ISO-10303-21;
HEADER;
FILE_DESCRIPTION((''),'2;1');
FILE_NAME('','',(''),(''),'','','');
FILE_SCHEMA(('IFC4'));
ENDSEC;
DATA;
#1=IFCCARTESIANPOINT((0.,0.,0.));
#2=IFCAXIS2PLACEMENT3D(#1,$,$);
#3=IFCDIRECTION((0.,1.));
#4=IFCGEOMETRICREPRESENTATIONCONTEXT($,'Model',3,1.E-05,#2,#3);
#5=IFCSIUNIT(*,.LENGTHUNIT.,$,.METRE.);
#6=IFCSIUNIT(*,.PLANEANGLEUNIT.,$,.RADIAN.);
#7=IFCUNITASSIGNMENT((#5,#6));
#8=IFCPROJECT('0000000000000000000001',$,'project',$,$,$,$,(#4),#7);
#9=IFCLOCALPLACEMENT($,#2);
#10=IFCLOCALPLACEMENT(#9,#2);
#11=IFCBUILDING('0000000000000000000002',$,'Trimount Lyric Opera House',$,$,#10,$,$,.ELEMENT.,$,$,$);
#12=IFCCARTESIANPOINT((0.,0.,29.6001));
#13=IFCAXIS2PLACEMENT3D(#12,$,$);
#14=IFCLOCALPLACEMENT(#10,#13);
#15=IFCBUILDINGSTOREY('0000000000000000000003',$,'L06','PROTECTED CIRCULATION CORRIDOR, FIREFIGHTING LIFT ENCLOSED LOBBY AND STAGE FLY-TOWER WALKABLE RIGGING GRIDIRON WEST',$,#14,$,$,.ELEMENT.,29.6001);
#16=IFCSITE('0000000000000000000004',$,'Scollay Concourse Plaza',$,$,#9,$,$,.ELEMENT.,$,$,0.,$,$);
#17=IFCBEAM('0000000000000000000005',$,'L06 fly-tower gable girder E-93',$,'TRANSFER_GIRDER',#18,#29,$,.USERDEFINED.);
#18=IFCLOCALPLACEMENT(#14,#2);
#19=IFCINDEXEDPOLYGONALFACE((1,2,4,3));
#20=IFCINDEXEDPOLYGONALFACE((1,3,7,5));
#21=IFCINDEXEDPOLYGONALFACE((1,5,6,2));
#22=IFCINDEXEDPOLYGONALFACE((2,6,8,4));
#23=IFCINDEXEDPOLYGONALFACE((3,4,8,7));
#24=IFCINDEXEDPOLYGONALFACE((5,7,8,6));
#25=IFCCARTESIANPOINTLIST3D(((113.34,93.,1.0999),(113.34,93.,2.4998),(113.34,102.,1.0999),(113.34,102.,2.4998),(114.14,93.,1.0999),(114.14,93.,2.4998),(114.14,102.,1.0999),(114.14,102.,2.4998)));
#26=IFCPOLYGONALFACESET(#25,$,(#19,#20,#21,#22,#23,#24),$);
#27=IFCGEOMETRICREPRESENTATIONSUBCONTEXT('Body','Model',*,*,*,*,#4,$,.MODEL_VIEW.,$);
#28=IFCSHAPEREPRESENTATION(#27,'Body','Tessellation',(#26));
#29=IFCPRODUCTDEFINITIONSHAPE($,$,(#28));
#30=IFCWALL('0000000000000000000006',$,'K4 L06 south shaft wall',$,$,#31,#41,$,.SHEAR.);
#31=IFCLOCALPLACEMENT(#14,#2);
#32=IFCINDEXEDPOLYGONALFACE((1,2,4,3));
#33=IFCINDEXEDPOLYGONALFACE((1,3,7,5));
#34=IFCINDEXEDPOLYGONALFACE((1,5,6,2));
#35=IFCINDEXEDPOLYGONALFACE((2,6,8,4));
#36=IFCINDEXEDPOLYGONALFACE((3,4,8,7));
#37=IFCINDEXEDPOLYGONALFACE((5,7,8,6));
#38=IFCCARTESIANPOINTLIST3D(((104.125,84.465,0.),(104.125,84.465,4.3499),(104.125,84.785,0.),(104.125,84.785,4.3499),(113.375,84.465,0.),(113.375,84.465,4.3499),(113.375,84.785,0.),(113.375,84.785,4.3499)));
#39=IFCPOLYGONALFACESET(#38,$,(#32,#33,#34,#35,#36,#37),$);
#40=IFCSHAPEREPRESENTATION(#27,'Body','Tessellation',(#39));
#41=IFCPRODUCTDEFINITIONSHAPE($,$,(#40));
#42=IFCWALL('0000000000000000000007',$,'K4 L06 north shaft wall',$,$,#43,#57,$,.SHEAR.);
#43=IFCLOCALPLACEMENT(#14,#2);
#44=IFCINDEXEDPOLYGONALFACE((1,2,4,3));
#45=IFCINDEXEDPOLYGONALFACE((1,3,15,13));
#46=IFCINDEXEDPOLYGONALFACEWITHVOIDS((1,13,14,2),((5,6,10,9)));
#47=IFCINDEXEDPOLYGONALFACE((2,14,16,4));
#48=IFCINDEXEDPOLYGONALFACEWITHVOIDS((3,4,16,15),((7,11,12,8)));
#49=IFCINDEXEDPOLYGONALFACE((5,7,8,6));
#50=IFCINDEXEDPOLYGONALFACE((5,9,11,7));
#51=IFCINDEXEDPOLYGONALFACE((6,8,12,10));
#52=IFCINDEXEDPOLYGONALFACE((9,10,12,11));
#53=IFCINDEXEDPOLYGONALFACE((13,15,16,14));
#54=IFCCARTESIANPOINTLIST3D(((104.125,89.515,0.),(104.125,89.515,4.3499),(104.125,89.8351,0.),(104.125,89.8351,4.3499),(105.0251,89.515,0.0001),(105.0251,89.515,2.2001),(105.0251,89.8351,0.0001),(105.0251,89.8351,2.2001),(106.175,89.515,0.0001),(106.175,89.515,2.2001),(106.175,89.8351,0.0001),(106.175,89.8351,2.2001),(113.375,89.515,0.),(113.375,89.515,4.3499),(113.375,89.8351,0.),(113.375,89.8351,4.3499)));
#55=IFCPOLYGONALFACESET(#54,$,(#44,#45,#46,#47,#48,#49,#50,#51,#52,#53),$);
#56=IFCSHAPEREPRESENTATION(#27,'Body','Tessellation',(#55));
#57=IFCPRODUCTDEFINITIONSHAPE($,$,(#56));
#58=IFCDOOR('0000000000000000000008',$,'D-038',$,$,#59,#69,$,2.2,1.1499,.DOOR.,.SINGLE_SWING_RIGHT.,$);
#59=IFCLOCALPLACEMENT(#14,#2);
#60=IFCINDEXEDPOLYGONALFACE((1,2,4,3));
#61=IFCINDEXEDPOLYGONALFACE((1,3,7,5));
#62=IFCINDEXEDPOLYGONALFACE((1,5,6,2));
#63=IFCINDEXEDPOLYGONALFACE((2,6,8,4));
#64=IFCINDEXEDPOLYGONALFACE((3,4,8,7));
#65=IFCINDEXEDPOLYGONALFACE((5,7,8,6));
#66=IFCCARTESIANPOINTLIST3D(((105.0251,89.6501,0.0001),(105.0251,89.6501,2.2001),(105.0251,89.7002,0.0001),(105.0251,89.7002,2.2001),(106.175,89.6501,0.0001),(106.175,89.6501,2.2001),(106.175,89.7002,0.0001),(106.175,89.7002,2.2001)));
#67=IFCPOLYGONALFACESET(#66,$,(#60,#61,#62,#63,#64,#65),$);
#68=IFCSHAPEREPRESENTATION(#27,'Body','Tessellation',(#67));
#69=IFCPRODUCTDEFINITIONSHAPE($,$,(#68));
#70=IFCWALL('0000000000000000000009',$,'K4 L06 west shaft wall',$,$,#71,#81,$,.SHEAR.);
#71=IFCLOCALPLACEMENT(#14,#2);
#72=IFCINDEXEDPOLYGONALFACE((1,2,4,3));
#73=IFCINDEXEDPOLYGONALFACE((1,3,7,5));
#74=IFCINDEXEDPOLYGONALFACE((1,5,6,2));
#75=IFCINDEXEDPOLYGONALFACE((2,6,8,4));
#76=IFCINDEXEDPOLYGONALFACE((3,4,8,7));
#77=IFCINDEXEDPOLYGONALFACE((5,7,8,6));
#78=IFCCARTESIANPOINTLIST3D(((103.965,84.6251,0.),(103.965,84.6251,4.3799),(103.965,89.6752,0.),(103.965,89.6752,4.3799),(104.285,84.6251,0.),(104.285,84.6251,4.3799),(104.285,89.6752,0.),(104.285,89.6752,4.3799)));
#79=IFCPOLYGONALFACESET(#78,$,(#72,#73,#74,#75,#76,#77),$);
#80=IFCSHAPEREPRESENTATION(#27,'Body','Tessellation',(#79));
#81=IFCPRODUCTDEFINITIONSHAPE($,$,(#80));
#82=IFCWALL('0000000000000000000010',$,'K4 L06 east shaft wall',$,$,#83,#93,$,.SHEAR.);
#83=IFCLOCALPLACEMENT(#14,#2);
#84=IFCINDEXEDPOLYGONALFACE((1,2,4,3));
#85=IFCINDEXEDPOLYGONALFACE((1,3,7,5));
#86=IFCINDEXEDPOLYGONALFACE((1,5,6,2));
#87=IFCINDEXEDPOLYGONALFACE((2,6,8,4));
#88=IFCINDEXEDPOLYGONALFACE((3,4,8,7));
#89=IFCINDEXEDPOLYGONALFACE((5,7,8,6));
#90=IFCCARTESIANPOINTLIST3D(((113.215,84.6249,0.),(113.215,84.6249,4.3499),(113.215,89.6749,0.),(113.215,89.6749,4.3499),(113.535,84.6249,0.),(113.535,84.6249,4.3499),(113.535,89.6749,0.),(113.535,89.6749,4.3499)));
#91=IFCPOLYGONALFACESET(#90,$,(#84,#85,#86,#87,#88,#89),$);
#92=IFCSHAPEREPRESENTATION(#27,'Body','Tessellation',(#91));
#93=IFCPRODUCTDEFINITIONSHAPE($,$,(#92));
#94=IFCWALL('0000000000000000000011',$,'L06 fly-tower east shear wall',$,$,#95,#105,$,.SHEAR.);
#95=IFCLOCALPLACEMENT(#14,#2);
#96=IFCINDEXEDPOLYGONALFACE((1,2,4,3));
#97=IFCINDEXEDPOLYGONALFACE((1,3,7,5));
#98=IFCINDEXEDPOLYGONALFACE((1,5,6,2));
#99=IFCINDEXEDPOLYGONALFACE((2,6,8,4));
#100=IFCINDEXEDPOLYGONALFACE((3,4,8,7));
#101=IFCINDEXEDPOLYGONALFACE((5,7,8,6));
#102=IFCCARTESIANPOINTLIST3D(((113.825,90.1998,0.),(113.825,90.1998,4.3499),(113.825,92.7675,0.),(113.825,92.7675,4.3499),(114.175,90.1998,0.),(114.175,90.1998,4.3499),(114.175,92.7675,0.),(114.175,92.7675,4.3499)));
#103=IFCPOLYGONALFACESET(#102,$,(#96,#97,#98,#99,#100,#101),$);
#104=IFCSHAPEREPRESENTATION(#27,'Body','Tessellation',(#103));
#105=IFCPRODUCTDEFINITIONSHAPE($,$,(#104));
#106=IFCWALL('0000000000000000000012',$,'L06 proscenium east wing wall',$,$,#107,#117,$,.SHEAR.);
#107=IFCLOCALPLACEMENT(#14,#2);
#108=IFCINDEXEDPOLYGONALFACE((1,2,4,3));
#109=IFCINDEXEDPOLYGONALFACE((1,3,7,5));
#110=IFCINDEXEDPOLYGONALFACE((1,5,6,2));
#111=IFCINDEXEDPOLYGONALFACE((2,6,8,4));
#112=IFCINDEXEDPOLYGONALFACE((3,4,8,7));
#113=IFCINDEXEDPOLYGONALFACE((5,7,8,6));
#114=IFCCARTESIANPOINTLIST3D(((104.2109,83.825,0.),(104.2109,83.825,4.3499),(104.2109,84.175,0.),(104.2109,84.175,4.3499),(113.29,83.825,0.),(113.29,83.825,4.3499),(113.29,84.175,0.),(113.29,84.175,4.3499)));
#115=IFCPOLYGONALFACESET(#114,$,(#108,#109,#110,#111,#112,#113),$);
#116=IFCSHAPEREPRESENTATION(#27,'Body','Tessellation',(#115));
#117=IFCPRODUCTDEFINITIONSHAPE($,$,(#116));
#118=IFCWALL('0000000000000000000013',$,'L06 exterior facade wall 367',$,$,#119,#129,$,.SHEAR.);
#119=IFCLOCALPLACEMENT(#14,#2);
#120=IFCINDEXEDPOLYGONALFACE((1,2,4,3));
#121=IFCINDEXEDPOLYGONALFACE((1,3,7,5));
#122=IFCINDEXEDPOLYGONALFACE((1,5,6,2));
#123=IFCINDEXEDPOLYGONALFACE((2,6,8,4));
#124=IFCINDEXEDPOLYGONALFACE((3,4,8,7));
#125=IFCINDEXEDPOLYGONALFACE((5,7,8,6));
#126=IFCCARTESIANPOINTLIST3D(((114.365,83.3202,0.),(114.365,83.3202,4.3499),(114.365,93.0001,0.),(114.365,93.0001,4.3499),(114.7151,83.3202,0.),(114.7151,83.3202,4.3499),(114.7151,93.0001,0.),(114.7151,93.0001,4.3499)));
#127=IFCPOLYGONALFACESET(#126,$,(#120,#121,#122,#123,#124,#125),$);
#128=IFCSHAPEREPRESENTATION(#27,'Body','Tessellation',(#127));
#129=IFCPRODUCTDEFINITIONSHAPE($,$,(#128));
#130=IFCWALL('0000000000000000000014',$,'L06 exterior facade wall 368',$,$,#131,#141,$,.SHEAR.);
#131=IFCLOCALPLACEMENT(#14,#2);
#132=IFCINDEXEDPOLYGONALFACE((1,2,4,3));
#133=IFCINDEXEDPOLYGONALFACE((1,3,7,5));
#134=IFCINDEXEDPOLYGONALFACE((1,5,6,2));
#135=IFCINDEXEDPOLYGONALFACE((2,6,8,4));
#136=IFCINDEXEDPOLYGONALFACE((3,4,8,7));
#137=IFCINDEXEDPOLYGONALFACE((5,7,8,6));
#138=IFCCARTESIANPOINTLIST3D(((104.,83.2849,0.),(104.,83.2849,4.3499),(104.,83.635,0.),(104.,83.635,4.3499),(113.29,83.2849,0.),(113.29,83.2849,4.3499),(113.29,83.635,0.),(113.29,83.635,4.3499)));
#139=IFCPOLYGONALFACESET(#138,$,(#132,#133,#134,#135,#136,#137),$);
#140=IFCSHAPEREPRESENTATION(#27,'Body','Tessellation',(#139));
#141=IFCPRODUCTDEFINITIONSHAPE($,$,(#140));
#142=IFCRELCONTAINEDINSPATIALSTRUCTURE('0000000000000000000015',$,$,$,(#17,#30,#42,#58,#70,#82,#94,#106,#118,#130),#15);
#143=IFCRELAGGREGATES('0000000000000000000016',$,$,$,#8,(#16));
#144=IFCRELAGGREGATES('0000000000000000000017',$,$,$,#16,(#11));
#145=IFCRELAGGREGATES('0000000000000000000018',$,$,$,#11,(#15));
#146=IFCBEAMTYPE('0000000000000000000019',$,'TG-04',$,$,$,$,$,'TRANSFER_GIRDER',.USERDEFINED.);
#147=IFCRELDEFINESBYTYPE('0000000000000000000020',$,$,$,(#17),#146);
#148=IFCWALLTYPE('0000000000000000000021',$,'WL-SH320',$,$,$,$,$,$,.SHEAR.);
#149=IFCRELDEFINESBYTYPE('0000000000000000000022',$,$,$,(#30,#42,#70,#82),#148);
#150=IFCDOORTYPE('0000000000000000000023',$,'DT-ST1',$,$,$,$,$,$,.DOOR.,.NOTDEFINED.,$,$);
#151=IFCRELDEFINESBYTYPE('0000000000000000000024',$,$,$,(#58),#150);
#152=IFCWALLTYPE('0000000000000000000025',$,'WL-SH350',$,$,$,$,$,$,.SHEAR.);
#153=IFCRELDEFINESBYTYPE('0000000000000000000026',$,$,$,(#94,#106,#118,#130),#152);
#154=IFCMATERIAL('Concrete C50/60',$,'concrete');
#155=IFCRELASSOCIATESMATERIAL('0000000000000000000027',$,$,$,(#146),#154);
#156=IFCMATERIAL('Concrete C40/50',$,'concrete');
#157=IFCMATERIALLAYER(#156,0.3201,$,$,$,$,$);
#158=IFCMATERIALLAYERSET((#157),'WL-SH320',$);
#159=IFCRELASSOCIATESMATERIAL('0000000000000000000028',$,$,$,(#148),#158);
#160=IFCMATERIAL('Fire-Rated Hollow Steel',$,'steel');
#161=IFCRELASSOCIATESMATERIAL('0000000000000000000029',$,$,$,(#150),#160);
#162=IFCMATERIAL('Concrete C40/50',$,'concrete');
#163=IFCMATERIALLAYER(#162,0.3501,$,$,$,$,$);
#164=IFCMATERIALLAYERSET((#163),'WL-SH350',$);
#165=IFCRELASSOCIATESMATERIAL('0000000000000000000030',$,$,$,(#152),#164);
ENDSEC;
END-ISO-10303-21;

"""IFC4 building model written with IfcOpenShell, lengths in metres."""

from ifc_helpers import new_model, si_unit, direction, frame, frame_2d, origin, origin_2d, place, context, subcontext, project, spatial, rectangle, extrude, material, layer, layer_set, material_profile, profile_set, type_object, element, fill, save


model = new_model("IFC4")

# Units and contexts
model_context = context("Model", 3, precision=1e-05, world=origin(), true_north=direction((0.0, 1.0)))
body_context = subcontext(model_context, "Body", "Model", "MODEL_VIEW")
ifc_project = project(units=[si_unit("LENGTHUNIT", "METRE"), si_unit("PLANEANGLEUNIT", "RADIAN")], contexts=[model_context])

# Site, building, storey
site_placement = place(None, origin())
site = spatial("IfcSite", under=ifc_project, at=site_placement, Name="Scollay Concourse Plaza", CompositionType="ELEMENT", RefElevation=0.0)
building_placement = place(site_placement, origin())
building = spatial("IfcBuilding", under=site, at=building_placement, Name="Trimount Lyric Opera House", CompositionType="ELEMENT")
storey_placement = place(building_placement, frame((0.0, 0.0, 29.6001)))
storey = spatial("IfcBuildingStorey", under=building, at=storey_placement, Name="L06", Description="PROTECTED CIRCULATION CORRIDOR, FIREFIGHTING LIFT ENCLOSED LOBBY AND STAGE FLY-TOWER WALKABLE RIGGING GRIDIRON WEST", CompositionType="ELEMENT", Elevation=29.6001)

# Beam
ifc_material_1 = material(Name="Concrete C50/60", Category="concrete")
ifc_material_profile_1 = material_profile(ifc_material_1, rectangle(XDim=0.8, YDim=1.3999, at=origin_2d()), Name="RC800X1400")
ifc_profile_set_1 = profile_set([ifc_material_profile_1], Name="Concrete C50/60")
beam_type_1 = type_object("IfcBeamType", Name="TG-04", ElementType="TRANSFER_GIRDER", PredefinedType="USERDEFINED", material=ifc_profile_set_1)
for number, where, z_axis, x_axis, name in (
    (1, (113.74, 93.0, 1.7998), (0.0, 1.0, 0.0), (-1.0, 0.0, 0.0), "L06 fly-tower gable girder E-93"),
):
    element("IfcBeam", number, at=place(storey_placement, frame(where, z_axis=z_axis, x_axis=x_axis)), inside=storey, type_object=beam_type_1, Name=name, ObjectType="TRANSFER_GIRDER", PredefinedType="USERDEFINED", context=body_context, shape_type="SweptSolid", body=[
        extrude(rectangle(XDim=0.8, YDim=1.3999, at=origin_2d()), origin(), (0.0, 0.0, 1.0), 9.0),
    ])

# Wall
ifc_material_2 = material(Name="Concrete C40/50", Category="concrete")
ifc_layer_1 = layer(ifc_material_2, 0.3201)
ifc_layer_set_1 = layer_set([ifc_layer_1], Name="WL-SH320")
wall_type_1 = type_object("IfcWallType", Name="WL-SH320", PredefinedType="SHEAR", material=ifc_layer_set_1)
wall_1_placement = place(storey_placement, frame((104.125, 84.625, 0.0), z_axis=(0.0, 0.0, 1.0), x_axis=(1.0, 0.0, 0.0)))
element("IfcWall", 2, at=wall_1_placement, inside=storey, type_object=wall_type_1, Name="K4 L06 south shaft wall", PredefinedType="SHEAR", context=body_context, shape_type="SweptSolid", body=[
    extrude(rectangle(XDim=9.25, YDim=0.3201, at=frame_2d((4.625, 0.0))), origin(), (0.0, 0.0, 1.0), 4.3499),
])

# Wall, opening, door
wall_2_placement = place(storey_placement, frame((113.375, 89.675, 0.0), z_axis=(0.0, 0.0, 1.0), x_axis=(-1.0, 0.0, 0.0)))
wall_2 = element("IfcWall", 3, at=wall_2_placement, inside=storey, type_object=wall_type_1, Name="K4 L06 north shaft wall", PredefinedType="SHEAR", context=body_context, shape_type="SweptSolid", body=[
    extrude(rectangle(XDim=9.25, YDim=0.3201, at=frame_2d((4.625, 0.0))), origin(), (0.0, 0.0, 1.0), 4.3499),
])
opening_placement = place(wall_2_placement, frame((7.2, 0.0, 0.0)))
opening = element("IfcOpeningElement", 4, at=opening_placement, cuts=wall_2, PredefinedType="OPENING", context=body_context, shape_type="SweptSolid", body=[
    extrude(rectangle(XDim=1.1499, YDim=2.2, at=frame_2d((0.575, 1.1001))), frame((0.0, 0.1699, 0.0), z_axis=(0.0, -1.0, 0.0), x_axis=(1.0, 0.0, 0.0)), (0.0, 0.0, 1.0), 0.3401),
])
ifc_material_3 = material(Name="Fire-Rated Hollow Steel", Category="steel")
door_type = type_object("IfcDoorType", Name="DT-ST1", OperationType="NOTDEFINED", PredefinedType="DOOR", material=ifc_material_3)
door_placement = place(opening_placement, origin())
door = element("IfcDoor", 5, at=door_placement, inside=storey, type_object=door_type, Name="D-038", OperationType="SINGLE_SWING_RIGHT", OverallHeight=2.2, OverallWidth=1.1499, PredefinedType="DOOR", context=body_context, shape_type="SweptSolid", body=[
    extrude(rectangle(XDim=1.1499, YDim=2.2, at=frame_2d((0.575, 1.1001))), frame((0.0, 0.0249, 0.0), z_axis=(0.0, -1.0, 0.0), x_axis=(1.0, 0.0, 0.0)), (0.0, 0.0, 1.0), 0.05),
])
fill(opening, door)

# Walls
wall_3_placement = place(storey_placement, frame((104.125, 89.675, 0.0), z_axis=(0.0, 0.0, 1.0), x_axis=(0.0, -1.0, 0.0)))
element("IfcWall", 6, at=wall_3_placement, inside=storey, type_object=wall_type_1, Name="K4 L06 west shaft wall", PredefinedType="SHEAR", context=body_context, shape_type="SweptSolid", body=[
    extrude(rectangle(XDim=5.05, YDim=0.3201, at=frame_2d((2.5249, 0.0))), origin(), (0.0, 0.0, 1.0), 4.3799),
])
wall_4_placement = place(storey_placement, frame((113.375, 84.625, 0.0), z_axis=(0.0, 0.0, 1.0), x_axis=(0.0, 1.0, 0.0)))
element("IfcWall", 7, at=wall_4_placement, inside=storey, type_object=wall_type_1, Name="K4 L06 east shaft wall", PredefinedType="SHEAR", context=body_context, shape_type="SweptSolid", body=[
    extrude(rectangle(XDim=5.05, YDim=0.3201, at=frame_2d((2.5249, 0.0))), origin(), (0.0, 0.0, 1.0), 4.3499),
])
ifc_material_4 = material(Name="Concrete C40/50", Category="concrete")
ifc_layer_2 = layer(ifc_material_4, 0.3501)
ifc_layer_set_2 = layer_set([ifc_layer_2], Name="WL-SH350")
wall_type_2 = type_object("IfcWallType", Name="WL-SH350", PredefinedType="SHEAR", material=ifc_layer_set_2)
wall_5_placement = place(storey_placement, frame((114.0, 90.2, 0.0), z_axis=(0.0, 0.0, 1.0), x_axis=(0.0, 1.0, 0.0)))
element("IfcWall", 8, at=wall_5_placement, inside=storey, type_object=wall_type_2, Name="L06 fly-tower east shear wall", PredefinedType="SHEAR", context=body_context, shape_type="SweptSolid", body=[
    extrude(rectangle(XDim=2.5676, YDim=0.3501, at=frame_2d((1.2837, 0.0))), origin(), (0.0, 0.0, 1.0), 4.3499),
])
wall_6_placement = place(storey_placement, frame((104.2109, 84.0, 0.0), z_axis=(0.0, 0.0, 1.0), x_axis=(1.0, 0.0, 0.0)))
element("IfcWall", 9, at=wall_6_placement, inside=storey, type_object=wall_type_2, Name="L06 proscenium east wing wall", PredefinedType="SHEAR", context=body_context, shape_type="SweptSolid", body=[
    extrude(rectangle(XDim=9.0791, YDim=0.3501, at=frame_2d((4.5396, 0.0))), origin(), (0.0, 0.0, 1.0), 4.3499),
])
wall_7_placement = place(storey_placement, frame((114.54, 93.0, 0.0), z_axis=(0.0, 0.0, 1.0), x_axis=(0.0, -1.0, 0.0)))
element("IfcWall", 10, at=wall_7_placement, inside=storey, type_object=wall_type_2, Name="L06 exterior facade wall 367", PredefinedType="SHEAR", context=body_context, shape_type="SweptSolid", body=[
    extrude(rectangle(XDim=9.6799, YDim=0.3501, at=frame_2d((4.8398, 0.0))), origin(), (0.0, 0.0, 1.0), 4.3499),
])
wall_8_placement = place(storey_placement, frame((113.29, 83.46, 0.0), z_axis=(0.0, 0.0, 1.0), x_axis=(-1.0, 0.0, 0.0)))
element("IfcWall", 11, at=wall_8_placement, inside=storey, type_object=wall_type_2, Name="L06 exterior facade wall 368", PredefinedType="SHEAR", context=body_context, shape_type="SweptSolid", body=[
    extrude(rectangle(XDim=9.29, YDim=0.3501, at=frame_2d((4.645, 0.0))), origin(), (0.0, 0.0, 1.0), 4.3499),
])

save(model, "model.ifc")
